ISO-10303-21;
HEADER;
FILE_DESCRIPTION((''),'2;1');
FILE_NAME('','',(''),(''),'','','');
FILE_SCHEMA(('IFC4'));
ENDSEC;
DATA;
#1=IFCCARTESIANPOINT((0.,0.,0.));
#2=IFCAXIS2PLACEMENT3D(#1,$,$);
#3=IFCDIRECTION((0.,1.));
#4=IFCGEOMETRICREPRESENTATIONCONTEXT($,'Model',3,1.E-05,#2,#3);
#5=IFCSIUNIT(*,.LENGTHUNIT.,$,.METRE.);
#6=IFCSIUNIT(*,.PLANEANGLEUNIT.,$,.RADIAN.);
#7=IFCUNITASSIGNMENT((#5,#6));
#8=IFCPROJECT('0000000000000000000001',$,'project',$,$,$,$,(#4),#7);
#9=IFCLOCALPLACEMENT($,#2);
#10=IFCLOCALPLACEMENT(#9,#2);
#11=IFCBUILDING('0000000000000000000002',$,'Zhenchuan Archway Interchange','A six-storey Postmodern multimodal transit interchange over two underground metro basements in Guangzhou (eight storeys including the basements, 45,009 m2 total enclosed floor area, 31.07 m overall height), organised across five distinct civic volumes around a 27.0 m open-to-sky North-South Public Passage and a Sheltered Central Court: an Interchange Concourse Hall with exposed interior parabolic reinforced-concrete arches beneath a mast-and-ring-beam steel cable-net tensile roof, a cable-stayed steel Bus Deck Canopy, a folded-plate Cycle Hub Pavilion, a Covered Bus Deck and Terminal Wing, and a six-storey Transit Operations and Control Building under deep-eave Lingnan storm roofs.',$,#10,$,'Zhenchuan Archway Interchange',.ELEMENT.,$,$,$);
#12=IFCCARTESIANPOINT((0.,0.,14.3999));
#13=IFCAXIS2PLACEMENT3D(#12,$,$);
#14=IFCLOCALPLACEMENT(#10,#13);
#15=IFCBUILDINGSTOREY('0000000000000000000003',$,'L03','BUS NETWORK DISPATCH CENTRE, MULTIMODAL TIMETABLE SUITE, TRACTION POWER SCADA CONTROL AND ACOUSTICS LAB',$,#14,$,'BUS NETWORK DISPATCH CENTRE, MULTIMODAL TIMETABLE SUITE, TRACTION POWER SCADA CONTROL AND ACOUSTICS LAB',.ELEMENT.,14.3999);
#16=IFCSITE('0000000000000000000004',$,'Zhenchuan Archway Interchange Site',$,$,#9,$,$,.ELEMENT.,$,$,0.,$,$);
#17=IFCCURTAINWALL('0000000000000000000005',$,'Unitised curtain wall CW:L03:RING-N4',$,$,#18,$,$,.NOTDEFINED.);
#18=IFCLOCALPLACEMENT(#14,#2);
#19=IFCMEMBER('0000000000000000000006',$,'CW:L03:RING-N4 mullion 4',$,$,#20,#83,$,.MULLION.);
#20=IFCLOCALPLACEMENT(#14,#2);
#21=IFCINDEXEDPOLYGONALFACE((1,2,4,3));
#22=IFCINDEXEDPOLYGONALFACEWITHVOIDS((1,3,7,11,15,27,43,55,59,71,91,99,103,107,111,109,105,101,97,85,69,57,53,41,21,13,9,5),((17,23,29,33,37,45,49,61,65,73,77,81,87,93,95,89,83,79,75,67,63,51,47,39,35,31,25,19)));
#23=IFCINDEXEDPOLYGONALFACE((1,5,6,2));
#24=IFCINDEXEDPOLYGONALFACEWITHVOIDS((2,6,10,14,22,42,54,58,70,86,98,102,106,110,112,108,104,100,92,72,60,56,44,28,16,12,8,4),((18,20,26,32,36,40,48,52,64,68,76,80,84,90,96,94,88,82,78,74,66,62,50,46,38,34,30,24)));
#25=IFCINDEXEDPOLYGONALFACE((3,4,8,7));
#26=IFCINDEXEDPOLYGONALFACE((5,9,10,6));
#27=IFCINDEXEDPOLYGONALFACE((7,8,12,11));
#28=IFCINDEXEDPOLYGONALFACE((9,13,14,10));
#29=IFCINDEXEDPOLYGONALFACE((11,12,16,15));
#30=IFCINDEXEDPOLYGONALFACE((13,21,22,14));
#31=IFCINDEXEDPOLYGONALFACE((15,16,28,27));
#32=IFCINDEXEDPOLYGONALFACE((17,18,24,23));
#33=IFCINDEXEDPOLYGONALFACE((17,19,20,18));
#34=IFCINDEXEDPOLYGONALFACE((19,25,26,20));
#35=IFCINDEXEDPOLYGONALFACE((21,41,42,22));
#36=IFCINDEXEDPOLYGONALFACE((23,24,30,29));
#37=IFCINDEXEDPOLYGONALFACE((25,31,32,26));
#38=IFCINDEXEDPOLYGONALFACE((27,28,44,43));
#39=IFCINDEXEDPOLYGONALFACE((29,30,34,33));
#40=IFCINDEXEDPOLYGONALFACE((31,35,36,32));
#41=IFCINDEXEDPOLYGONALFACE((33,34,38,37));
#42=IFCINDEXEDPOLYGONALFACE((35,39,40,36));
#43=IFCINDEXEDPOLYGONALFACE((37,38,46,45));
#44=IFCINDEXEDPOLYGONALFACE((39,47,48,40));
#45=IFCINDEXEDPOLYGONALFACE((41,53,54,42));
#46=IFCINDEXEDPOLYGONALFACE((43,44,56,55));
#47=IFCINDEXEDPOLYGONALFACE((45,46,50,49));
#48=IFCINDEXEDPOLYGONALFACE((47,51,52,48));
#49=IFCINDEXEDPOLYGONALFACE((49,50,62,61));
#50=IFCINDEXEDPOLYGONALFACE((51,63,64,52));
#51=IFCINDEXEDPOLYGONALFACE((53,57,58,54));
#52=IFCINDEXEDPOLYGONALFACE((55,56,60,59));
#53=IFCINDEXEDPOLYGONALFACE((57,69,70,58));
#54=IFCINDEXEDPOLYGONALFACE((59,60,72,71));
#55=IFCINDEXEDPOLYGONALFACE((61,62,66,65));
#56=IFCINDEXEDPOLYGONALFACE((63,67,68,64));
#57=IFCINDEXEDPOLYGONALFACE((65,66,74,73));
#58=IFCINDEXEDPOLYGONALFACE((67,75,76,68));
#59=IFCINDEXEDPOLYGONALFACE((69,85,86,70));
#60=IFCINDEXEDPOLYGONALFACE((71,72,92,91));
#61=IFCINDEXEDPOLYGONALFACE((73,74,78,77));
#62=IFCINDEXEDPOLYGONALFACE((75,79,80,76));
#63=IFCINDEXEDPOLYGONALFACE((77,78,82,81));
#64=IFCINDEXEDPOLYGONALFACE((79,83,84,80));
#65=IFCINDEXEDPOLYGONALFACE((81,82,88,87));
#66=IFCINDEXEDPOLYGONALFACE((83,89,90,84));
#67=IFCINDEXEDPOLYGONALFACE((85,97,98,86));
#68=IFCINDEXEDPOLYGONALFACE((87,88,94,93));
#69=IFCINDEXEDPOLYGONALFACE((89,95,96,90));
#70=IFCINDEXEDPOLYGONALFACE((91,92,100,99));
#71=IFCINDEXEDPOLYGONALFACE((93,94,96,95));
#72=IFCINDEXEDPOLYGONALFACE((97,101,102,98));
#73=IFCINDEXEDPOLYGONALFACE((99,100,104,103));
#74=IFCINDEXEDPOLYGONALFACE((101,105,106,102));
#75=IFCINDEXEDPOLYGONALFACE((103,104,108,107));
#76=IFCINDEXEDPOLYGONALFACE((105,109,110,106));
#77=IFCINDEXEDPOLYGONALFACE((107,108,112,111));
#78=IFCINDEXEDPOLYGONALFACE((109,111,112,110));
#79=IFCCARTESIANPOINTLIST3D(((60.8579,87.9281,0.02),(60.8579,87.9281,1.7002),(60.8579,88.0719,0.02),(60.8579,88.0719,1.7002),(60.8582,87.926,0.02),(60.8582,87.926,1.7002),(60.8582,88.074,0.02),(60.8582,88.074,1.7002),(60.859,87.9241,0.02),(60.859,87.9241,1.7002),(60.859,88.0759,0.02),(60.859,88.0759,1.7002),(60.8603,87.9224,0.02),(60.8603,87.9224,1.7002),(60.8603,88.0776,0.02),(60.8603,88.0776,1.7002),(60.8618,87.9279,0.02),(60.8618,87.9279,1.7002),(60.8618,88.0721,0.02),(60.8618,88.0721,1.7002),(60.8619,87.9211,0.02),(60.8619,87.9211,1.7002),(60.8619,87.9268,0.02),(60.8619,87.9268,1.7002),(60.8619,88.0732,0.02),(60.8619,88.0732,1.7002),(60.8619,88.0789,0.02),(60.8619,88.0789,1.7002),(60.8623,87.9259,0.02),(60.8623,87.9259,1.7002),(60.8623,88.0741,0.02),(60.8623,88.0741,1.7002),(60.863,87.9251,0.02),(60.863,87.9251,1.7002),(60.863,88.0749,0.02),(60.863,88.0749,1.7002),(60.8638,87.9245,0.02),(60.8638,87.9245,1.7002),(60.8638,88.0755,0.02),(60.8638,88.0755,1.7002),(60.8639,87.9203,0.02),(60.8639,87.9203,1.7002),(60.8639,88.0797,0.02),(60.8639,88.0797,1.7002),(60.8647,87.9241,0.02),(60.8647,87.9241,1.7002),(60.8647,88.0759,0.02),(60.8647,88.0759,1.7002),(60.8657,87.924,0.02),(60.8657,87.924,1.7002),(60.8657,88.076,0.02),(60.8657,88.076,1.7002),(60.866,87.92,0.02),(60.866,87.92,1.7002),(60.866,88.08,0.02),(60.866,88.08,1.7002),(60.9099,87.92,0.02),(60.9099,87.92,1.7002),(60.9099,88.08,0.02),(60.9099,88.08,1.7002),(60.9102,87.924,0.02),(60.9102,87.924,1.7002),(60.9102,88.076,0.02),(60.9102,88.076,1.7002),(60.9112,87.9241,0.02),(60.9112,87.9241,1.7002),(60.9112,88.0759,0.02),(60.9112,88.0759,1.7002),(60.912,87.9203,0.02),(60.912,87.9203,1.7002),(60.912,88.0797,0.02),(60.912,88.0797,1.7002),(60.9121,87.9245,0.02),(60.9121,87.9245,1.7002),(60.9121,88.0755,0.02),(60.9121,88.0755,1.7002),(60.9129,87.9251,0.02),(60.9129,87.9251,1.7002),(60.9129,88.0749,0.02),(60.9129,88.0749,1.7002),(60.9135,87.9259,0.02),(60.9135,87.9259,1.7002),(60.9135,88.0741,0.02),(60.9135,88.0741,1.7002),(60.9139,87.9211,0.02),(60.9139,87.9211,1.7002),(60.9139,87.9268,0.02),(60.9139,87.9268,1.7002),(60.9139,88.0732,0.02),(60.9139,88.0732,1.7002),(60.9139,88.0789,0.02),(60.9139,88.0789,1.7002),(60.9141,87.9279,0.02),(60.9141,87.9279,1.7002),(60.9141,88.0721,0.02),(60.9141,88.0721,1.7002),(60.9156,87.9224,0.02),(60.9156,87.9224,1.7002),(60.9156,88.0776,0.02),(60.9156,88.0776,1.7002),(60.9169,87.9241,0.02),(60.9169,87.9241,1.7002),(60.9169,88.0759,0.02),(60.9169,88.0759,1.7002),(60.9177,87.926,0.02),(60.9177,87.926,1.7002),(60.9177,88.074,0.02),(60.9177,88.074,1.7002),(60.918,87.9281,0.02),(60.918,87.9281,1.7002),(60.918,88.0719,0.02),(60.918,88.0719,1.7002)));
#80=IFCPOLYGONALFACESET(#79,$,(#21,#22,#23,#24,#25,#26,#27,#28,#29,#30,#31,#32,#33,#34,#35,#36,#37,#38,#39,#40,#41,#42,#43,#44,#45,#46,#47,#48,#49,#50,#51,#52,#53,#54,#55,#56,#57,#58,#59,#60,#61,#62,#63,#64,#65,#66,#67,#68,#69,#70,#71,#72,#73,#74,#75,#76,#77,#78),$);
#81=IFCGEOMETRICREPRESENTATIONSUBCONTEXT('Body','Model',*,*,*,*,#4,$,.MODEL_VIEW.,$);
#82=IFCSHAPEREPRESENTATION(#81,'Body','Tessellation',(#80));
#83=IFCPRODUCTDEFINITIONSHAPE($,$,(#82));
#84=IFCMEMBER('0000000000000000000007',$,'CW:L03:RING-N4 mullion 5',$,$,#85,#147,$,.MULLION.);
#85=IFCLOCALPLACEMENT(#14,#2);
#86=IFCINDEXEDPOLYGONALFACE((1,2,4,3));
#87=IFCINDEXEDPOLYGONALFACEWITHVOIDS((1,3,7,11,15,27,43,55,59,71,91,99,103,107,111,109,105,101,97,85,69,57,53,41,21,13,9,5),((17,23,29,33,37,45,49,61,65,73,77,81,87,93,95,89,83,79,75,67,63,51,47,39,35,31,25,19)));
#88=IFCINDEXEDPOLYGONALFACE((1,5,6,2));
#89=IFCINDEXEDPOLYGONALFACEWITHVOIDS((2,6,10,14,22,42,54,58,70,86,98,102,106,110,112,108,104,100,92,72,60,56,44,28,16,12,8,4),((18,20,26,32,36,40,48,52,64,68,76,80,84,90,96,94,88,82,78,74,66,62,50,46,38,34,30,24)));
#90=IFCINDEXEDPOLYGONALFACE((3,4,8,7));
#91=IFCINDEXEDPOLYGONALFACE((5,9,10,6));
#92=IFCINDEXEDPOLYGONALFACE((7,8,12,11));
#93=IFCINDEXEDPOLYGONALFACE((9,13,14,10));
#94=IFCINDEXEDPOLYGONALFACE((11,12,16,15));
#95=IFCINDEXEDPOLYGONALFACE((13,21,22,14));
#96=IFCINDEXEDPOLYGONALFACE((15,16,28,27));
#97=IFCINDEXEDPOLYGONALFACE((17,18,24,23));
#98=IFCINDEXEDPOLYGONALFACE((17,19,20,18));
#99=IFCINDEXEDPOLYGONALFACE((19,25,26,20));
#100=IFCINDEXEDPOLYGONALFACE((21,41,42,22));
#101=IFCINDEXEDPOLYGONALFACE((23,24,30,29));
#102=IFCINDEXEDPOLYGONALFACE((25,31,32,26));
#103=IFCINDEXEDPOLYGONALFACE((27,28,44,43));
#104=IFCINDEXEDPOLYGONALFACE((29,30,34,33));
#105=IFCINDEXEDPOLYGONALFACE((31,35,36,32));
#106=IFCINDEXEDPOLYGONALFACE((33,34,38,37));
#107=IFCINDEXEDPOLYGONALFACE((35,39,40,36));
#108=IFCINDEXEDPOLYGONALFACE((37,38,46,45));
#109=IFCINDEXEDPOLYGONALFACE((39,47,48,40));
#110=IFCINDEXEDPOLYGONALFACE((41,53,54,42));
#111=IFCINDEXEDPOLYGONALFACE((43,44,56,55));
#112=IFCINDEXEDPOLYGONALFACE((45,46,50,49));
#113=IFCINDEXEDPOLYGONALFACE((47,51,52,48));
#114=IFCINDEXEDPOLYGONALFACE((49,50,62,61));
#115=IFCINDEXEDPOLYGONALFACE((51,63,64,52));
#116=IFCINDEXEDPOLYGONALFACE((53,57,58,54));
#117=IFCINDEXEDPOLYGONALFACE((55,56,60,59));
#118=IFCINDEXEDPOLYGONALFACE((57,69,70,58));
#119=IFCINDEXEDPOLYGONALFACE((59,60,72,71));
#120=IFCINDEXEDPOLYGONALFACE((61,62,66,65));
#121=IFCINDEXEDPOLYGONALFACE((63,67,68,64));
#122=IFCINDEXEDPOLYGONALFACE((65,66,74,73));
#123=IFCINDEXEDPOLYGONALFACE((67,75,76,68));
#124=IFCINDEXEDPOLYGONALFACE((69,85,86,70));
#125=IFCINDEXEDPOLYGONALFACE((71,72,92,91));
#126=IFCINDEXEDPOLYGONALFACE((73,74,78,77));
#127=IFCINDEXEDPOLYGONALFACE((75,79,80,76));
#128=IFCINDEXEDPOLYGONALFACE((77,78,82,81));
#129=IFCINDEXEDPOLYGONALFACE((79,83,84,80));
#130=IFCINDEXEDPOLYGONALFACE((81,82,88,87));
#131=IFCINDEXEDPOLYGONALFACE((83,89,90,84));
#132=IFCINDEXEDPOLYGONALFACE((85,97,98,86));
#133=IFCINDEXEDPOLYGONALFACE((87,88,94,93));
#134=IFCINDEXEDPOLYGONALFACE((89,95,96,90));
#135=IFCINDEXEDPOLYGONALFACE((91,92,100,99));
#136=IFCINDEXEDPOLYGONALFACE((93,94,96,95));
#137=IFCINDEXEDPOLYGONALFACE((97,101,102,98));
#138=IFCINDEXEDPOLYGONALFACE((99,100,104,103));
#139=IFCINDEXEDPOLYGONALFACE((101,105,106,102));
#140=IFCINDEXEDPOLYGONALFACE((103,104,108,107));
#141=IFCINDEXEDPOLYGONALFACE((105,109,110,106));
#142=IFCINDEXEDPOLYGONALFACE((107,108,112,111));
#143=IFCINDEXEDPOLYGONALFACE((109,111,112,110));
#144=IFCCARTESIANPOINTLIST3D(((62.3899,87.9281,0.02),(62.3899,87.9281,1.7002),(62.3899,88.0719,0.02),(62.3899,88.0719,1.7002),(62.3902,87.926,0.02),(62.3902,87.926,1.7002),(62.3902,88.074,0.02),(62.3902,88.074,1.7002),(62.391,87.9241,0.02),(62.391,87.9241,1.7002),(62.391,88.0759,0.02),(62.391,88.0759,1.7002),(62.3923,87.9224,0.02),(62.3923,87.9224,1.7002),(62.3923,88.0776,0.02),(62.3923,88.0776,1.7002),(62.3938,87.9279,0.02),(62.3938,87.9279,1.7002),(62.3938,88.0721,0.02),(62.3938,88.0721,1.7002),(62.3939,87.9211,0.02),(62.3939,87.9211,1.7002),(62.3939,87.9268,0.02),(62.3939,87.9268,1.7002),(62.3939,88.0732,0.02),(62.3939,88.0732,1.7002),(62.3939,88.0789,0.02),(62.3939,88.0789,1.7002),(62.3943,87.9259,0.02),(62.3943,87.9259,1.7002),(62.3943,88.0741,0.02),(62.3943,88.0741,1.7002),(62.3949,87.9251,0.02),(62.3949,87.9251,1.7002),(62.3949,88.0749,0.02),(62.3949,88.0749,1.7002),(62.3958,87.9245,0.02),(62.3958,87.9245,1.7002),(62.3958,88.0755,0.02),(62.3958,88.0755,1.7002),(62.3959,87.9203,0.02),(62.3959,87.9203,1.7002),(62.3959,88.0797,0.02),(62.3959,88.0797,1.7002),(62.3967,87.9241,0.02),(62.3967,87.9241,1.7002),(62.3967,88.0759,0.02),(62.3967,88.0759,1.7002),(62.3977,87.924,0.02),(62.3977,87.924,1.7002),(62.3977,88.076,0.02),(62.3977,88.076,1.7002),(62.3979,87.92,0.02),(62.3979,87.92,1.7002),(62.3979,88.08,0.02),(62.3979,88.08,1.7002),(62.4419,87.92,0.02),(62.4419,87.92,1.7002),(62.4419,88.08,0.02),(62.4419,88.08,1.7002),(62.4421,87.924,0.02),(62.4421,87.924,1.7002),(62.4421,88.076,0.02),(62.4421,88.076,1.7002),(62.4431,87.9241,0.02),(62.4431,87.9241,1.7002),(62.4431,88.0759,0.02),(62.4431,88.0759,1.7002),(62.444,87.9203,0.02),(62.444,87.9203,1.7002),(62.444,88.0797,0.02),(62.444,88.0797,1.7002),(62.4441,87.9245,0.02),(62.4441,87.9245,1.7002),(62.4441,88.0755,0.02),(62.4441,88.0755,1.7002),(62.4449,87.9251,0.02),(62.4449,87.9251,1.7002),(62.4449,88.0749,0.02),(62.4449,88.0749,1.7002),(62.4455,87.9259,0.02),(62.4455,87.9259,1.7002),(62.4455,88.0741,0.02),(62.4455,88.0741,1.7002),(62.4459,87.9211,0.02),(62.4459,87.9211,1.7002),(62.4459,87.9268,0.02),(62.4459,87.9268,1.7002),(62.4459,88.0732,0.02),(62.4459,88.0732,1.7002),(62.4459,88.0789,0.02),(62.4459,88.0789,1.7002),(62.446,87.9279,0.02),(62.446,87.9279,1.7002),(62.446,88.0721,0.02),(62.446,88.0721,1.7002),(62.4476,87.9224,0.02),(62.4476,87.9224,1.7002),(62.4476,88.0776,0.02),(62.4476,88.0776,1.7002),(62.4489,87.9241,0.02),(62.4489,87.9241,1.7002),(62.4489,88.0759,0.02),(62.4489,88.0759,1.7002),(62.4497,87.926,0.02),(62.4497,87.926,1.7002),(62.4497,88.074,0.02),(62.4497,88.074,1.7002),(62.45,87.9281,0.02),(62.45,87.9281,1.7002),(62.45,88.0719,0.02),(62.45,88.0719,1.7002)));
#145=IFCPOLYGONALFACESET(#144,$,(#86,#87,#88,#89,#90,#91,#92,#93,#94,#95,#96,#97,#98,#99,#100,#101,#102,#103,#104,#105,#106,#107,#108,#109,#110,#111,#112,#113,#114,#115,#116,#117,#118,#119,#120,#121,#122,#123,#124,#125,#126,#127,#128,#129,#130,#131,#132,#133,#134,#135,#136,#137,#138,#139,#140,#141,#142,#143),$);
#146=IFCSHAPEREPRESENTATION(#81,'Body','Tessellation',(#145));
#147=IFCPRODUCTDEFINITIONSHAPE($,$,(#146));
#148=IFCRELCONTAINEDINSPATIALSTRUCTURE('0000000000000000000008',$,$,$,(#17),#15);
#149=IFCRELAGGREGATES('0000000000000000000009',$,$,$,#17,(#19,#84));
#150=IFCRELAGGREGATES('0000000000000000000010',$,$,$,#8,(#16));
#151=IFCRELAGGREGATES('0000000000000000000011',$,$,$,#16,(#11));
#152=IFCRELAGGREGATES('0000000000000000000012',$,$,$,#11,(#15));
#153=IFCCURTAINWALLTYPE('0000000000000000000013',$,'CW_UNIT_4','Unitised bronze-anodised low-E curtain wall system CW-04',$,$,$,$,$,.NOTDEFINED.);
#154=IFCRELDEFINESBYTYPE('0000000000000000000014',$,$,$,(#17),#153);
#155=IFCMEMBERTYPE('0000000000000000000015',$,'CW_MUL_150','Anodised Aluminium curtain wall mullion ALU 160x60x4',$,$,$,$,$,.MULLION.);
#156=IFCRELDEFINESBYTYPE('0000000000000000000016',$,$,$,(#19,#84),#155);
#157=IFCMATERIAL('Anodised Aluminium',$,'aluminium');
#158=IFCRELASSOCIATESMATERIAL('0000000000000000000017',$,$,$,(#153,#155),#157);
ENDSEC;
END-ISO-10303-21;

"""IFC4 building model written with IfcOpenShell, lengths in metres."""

from ifc_helpers import new_model, si_unit, direction, frame, origin, origin_2d, place, context, subcontext, project, spatial, hollow_rectangle, extrude, material, material_profile, profile_set, type_object, element, aggregate, save


model = new_model("IFC4")

# Units and contexts
model_context = context("Model", 3, precision=1e-05, world=origin(), true_north=direction((0.0, 1.0)))
body_context = subcontext(model_context, "Body", "Model", "MODEL_VIEW")
ifc_project = project(units=[si_unit("LENGTHUNIT", "METRE"), si_unit("PLANEANGLEUNIT", "RADIAN")], contexts=[model_context])

# Site, building, storey
site_placement = place(None, origin())
site = spatial("IfcSite", under=ifc_project, at=site_placement, Name="Zhenchuan Archway Interchange Site", CompositionType="ELEMENT", RefElevation=0.0)
building_placement = place(site_placement, origin())
building = spatial("IfcBuilding", under=site, at=building_placement, Name="Zhenchuan Archway Interchange", Description="A six-storey Postmodern multimodal transit interchange over two underground metro basements in Guangzhou (eight storeys including the basements, 45,009 m2 total enclosed floor area, 31.07 m overall height), organised across five distinct civic volumes around a 27.0 m open-to-sky North-South Public Passage and a Sheltered Central Court: an Interchange Concourse Hall with exposed interior parabolic reinforced-concrete arches beneath a mast-and-ring-beam steel cable-net tensile roof, a cable-stayed steel Bus Deck Canopy, a folded-plate Cycle Hub Pavilion, a Covered Bus Deck and Terminal Wing, and a six-storey Transit Operations and Control Building under deep-eave Lingnan storm roofs.", LongName="Zhenchuan Archway Interchange", CompositionType="ELEMENT")
storey_placement = place(building_placement, frame((0.0, 0.0, 14.3999)))
storey = spatial("IfcBuildingStorey", under=building, at=storey_placement, Name="L03", Description="BUS NETWORK DISPATCH CENTRE, MULTIMODAL TIMETABLE SUITE, TRACTION POWER SCADA CONTROL AND ACOUSTICS LAB", LongName="BUS NETWORK DISPATCH CENTRE, MULTIMODAL TIMETABLE SUITE, TRACTION POWER SCADA CONTROL AND ACOUSTICS LAB", CompositionType="ELEMENT", Elevation=14.3999)

# Curtain wall, members
ifc_material_1 = material(Name="Anodised Aluminium", Category="aluminium")
curtain_wall_type = type_object("IfcCurtainWallType", Name="CW_UNIT_4", Description="Unitised bronze-anodised low-E curtain wall system CW-04", PredefinedType="NOTDEFINED", material=ifc_material_1)
curtain_wall_1_placement = place(storey_placement, origin())
curtain_wall_1 = element("IfcCurtainWall", 1, at=curtain_wall_1_placement, inside=storey, type_object=curtain_wall_type, Name="Unitised curtain wall CW:L03:RING-N4", PredefinedType="NOTDEFINED")
ifc_material_profile_1 = material_profile(ifc_material_1, hollow_rectangle(XDim=0.0601, YDim=0.1599, WallThickness=0.0039, InnerFilletRadius=0.0039, OuterFilletRadius=0.0081, at=origin_2d()), Name="ALU 160x60x4")
ifc_profile_set_1 = profile_set([ifc_material_profile_1], Name="Anodised Aluminium")
member_type_1 = type_object("IfcMemberType", Name="CW_MUL_150", Description="Anodised Aluminium curtain wall mullion ALU 160x60x4", PredefinedType="MULLION", material=ifc_profile_set_1)
member_1_placement = place(storey_placement, frame((60.8879, 88.0, 0.02), z_axis=(0.0, 0.0, 1.0), x_axis=(1.0, 0.0, 0.0)))
member_1 = element("IfcMember", 2, at=member_1_placement, type_object=member_type_1, Name="CW:L03:RING-N4 mullion 4", PredefinedType="MULLION", context=body_context, shape_type="SweptSolid", body=[
    extrude(hollow_rectangle(XDim=0.0601, YDim=0.1599, WallThickness=0.0039, InnerFilletRadius=0.0039, OuterFilletRadius=0.0081, at=origin_2d()), origin(), (0.0, 0.0, 1.0), 1.6802),
])
member_2_placement = place(storey_placement, frame((62.4199, 88.0, 0.02), z_axis=(0.0, 0.0, 1.0), x_axis=(1.0, 0.0, 0.0)))
member_2 = element("IfcMember", 3, at=member_2_placement, type_object=member_type_1, Name="CW:L03:RING-N4 mullion 5", PredefinedType="MULLION", context=body_context, shape_type="SweptSolid", body=[
    extrude(hollow_rectangle(XDim=0.0601, YDim=0.1599, WallThickness=0.0039, InnerFilletRadius=0.0039, OuterFilletRadius=0.0081, at=origin_2d()), origin(), (0.0, 0.0, 1.0), 1.6802),
])

aggregate(curtain_wall_1, [member_1, member_2])

save(model, "model.ifc")
